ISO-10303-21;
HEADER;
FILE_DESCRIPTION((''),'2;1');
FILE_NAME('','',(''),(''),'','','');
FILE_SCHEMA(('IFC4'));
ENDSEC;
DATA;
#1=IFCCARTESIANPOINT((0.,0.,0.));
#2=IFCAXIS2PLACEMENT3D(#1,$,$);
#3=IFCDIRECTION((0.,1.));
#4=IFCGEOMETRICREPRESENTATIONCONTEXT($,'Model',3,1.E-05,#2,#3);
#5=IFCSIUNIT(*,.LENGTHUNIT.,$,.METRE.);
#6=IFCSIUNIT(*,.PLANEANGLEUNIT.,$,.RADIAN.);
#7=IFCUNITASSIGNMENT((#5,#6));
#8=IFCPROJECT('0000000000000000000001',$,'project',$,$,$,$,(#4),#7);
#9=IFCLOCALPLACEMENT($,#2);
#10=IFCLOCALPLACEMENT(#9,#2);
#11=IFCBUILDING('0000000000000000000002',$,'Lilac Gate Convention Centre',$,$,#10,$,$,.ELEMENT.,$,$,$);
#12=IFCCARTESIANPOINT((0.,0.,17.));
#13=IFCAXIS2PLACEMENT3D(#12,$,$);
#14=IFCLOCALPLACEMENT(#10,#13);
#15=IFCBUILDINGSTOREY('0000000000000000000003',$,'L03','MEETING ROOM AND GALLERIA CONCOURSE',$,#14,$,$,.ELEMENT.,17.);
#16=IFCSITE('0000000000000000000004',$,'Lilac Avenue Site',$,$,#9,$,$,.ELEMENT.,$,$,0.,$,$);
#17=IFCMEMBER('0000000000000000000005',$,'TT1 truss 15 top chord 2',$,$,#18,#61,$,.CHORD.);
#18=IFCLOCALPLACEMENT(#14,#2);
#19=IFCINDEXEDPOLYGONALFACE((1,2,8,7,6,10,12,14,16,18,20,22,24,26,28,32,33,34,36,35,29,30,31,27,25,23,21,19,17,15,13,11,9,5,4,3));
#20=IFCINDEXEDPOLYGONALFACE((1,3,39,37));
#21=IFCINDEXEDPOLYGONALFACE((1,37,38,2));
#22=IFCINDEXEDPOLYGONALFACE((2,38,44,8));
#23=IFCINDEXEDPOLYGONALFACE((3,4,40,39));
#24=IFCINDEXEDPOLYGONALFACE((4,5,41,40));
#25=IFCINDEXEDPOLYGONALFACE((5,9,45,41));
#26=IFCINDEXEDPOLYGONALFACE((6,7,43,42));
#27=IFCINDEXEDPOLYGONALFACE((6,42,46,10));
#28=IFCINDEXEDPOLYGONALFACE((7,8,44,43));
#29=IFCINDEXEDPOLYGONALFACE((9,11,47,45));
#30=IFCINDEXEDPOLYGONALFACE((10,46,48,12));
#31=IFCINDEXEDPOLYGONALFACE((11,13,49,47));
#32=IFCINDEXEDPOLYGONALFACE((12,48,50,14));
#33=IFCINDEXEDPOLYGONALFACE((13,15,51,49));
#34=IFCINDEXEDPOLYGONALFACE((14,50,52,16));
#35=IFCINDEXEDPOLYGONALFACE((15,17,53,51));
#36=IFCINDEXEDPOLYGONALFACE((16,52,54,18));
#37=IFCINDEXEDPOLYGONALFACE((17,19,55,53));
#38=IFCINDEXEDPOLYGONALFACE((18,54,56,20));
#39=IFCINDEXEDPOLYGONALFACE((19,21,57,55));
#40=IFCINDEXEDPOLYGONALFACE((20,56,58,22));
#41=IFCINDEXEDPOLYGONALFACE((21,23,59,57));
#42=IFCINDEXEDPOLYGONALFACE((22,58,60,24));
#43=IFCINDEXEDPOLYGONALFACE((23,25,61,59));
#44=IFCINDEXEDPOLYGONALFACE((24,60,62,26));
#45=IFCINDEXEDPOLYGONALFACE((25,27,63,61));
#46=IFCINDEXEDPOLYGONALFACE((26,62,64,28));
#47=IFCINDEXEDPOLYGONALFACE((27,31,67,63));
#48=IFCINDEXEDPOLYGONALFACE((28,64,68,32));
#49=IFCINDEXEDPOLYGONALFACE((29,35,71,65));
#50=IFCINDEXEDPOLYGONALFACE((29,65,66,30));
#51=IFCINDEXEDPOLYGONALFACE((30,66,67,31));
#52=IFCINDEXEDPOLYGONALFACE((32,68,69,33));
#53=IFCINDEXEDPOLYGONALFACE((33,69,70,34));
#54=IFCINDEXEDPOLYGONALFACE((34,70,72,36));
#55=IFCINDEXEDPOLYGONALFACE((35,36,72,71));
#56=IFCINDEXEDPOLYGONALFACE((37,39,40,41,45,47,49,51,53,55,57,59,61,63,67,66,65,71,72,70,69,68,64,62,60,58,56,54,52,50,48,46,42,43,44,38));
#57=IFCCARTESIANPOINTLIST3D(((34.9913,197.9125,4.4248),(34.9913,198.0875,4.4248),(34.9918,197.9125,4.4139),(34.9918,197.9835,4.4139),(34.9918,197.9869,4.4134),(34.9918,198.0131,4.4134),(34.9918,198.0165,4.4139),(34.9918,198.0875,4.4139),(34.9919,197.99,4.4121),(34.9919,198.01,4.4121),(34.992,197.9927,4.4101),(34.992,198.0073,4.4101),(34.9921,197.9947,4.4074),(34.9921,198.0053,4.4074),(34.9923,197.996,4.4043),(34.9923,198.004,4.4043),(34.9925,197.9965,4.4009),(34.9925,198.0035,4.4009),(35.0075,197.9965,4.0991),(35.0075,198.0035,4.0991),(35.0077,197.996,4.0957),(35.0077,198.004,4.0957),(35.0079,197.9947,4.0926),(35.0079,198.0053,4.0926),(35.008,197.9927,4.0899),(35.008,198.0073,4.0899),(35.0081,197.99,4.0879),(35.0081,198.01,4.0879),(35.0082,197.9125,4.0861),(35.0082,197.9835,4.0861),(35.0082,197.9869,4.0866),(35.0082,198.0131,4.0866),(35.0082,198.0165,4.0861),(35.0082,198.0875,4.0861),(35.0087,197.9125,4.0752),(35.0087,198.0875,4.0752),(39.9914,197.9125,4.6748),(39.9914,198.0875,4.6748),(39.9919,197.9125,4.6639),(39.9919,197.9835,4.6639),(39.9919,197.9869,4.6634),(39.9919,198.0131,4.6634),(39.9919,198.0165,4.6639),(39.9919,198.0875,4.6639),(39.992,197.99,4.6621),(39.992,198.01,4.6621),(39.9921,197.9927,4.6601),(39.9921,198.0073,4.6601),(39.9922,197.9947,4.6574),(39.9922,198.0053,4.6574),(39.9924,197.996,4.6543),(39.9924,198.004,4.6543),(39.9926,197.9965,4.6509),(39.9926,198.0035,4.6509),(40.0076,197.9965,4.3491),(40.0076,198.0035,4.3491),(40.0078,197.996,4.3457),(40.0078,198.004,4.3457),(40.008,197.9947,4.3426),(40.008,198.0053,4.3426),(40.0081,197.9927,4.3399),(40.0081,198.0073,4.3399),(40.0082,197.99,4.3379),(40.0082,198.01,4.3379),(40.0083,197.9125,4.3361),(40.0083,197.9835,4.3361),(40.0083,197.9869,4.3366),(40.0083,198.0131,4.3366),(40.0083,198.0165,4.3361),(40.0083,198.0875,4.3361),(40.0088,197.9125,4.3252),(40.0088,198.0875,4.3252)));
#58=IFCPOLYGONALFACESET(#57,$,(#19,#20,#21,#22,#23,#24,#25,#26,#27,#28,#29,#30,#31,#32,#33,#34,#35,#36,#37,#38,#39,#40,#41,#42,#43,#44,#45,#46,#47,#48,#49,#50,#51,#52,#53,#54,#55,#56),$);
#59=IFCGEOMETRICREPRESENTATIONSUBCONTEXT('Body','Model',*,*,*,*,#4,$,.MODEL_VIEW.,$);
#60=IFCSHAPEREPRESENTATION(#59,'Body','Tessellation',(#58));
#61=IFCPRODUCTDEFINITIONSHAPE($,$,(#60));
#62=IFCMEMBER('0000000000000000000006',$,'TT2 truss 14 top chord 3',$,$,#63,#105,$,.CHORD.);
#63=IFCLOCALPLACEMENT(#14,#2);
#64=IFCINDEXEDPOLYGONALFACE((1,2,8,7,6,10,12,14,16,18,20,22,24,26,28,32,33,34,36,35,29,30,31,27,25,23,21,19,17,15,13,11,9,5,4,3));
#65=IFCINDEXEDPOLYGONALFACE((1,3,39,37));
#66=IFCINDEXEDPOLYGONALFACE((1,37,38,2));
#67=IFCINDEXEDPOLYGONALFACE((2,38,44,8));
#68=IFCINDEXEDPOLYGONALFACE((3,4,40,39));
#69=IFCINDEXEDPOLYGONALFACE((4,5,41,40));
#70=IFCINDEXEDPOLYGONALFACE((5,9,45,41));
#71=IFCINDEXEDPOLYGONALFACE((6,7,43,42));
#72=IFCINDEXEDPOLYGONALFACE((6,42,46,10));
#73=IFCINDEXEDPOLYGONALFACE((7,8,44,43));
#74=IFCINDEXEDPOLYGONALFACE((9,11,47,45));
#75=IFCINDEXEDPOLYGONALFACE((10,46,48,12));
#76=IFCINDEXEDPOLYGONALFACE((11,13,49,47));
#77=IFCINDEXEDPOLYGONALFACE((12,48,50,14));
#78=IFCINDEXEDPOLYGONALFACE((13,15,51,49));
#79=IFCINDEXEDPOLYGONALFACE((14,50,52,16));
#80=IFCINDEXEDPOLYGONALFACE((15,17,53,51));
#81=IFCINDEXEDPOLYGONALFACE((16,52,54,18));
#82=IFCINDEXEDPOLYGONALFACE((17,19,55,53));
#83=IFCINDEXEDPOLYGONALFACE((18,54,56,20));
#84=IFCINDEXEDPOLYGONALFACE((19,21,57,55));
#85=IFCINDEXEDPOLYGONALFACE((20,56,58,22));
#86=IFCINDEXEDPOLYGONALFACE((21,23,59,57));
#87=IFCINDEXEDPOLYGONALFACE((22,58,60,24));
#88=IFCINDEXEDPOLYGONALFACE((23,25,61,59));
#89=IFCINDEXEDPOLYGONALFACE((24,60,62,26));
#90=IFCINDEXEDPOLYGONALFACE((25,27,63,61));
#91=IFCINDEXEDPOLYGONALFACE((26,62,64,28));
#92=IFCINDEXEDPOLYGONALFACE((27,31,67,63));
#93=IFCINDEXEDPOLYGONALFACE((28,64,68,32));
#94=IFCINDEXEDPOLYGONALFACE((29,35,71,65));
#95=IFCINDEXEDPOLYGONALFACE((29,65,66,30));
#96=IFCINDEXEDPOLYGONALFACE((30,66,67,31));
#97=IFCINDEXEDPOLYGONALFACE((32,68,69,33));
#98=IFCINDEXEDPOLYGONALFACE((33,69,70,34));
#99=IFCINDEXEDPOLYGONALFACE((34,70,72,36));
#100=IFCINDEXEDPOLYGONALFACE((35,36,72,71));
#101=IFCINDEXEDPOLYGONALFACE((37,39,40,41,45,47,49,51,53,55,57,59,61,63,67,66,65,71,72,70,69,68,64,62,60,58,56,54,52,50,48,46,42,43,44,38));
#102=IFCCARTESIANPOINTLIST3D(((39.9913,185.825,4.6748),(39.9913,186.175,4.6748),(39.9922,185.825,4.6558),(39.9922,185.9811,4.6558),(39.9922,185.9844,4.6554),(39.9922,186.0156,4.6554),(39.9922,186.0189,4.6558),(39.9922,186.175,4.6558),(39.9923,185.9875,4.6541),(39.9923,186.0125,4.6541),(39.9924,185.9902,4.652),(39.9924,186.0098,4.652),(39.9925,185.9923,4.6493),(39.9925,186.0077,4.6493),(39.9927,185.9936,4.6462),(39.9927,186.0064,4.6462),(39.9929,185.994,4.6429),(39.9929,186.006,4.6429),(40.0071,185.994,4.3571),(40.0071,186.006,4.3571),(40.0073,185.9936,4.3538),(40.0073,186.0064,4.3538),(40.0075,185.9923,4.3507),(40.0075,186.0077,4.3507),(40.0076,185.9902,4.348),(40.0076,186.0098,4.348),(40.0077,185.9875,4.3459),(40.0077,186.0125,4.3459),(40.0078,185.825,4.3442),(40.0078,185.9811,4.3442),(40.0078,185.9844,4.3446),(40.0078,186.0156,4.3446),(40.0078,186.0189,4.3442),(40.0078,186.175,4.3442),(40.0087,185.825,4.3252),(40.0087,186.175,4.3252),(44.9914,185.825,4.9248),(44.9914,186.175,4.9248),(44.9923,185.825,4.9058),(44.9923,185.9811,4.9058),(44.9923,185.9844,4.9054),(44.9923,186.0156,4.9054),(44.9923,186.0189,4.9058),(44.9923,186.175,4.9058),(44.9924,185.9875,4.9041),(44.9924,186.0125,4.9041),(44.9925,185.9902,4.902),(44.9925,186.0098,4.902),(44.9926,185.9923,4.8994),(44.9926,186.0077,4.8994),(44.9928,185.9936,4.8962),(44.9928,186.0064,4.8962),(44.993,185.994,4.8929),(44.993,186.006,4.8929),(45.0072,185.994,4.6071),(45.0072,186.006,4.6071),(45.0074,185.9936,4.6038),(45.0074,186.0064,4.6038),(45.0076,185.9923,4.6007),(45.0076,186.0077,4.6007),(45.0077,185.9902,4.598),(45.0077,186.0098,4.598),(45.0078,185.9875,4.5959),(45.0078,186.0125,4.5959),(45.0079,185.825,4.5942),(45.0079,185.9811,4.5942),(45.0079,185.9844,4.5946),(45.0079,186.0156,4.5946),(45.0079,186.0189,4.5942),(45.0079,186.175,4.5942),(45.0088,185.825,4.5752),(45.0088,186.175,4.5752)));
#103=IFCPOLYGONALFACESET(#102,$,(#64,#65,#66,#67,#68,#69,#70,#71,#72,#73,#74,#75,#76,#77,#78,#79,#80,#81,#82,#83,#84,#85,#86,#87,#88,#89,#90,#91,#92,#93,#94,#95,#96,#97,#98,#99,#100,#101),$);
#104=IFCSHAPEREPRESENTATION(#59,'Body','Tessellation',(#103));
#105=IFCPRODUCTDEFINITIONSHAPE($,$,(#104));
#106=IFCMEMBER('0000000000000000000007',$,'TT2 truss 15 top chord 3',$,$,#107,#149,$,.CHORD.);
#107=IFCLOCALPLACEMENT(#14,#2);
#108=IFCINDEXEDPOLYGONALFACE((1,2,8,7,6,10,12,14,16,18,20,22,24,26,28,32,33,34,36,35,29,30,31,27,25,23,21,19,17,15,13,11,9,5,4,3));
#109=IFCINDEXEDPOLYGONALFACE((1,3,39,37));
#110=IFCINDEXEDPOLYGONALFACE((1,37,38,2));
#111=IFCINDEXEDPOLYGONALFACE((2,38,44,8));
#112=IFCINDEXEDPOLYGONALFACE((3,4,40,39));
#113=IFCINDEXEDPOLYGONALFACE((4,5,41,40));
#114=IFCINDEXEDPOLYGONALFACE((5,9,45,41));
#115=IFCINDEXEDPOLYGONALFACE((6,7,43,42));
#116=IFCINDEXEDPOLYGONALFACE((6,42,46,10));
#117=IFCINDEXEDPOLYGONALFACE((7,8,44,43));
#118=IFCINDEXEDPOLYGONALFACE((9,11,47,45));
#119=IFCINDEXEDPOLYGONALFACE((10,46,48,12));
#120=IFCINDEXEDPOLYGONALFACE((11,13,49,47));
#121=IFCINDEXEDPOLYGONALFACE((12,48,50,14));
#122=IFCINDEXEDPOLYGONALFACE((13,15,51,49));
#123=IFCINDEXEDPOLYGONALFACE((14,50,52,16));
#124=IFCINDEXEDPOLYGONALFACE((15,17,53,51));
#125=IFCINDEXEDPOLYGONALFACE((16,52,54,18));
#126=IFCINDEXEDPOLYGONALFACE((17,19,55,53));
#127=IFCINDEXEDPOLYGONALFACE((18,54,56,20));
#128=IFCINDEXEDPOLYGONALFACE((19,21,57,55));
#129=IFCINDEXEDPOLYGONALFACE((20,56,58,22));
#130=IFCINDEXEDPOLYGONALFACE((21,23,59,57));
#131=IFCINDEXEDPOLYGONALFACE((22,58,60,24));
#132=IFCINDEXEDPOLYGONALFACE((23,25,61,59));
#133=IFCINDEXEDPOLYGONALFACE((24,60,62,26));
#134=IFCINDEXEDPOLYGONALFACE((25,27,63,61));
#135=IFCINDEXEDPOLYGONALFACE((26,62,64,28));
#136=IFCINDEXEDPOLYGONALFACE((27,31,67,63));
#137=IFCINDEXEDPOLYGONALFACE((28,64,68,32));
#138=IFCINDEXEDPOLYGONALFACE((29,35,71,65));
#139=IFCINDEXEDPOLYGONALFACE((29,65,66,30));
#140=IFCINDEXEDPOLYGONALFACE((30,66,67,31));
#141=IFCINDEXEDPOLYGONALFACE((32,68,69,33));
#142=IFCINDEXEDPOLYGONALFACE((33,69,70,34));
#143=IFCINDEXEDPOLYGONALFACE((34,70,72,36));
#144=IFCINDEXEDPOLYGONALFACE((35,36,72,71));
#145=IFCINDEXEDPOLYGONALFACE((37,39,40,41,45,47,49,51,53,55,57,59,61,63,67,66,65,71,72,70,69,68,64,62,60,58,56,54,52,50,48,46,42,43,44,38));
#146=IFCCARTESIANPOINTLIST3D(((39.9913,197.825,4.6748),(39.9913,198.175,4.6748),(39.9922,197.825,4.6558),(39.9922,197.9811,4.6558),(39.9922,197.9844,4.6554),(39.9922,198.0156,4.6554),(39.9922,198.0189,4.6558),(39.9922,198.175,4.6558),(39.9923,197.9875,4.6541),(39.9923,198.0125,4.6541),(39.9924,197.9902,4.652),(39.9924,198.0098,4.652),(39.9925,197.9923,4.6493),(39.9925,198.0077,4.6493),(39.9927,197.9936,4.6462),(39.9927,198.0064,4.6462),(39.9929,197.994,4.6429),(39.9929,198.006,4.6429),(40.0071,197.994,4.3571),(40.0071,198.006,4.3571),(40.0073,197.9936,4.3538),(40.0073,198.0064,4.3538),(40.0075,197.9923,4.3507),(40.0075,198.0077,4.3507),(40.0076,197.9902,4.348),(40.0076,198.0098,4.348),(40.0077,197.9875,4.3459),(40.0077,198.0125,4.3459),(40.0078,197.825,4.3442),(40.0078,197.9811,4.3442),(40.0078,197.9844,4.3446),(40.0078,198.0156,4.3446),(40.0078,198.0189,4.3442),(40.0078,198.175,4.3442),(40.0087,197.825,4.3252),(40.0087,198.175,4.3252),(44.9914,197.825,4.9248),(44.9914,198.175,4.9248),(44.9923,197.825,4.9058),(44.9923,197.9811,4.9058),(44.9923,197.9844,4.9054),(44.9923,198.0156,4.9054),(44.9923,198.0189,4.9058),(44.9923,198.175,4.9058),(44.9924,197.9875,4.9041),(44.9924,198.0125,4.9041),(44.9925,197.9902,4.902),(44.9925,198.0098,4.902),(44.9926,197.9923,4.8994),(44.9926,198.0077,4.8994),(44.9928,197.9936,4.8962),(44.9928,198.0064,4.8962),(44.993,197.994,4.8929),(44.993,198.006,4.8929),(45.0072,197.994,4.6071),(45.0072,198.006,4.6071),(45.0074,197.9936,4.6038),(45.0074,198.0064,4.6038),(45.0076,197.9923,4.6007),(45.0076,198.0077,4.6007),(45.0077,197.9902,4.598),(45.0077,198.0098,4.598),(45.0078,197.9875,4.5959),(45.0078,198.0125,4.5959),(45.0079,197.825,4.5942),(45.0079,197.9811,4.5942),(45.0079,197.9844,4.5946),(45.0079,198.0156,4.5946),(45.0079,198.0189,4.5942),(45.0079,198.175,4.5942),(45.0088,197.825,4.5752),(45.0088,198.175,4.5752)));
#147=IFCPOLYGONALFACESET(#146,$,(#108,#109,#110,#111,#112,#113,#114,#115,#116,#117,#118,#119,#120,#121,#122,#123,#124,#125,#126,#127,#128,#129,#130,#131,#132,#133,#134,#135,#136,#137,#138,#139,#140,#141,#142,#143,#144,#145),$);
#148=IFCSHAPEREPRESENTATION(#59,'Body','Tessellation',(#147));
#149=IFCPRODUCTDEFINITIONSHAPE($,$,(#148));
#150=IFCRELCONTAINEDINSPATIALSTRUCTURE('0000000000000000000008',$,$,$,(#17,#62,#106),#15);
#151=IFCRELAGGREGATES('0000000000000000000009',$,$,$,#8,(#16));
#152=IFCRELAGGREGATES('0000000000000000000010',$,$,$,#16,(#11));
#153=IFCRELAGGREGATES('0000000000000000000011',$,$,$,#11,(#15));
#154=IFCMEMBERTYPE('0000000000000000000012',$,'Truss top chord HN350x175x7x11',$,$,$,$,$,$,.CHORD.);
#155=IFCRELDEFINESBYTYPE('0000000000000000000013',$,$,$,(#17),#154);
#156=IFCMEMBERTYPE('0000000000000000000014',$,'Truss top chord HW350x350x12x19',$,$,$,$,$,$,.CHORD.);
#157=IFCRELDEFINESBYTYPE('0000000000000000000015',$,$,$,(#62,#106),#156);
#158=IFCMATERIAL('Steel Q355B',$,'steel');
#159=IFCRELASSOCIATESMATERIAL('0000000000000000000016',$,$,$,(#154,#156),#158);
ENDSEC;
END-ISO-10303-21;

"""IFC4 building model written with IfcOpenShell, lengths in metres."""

from ifc_helpers import new_model, si_unit, direction, frame, origin, origin_2d, place, context, subcontext, project, spatial, i_section, extrude, material, material_profile, profile_set, type_object, element, save


model = new_model("IFC4")

# Units and contexts
model_context = context("Model", 3, precision=1e-05, world=origin(), true_north=direction((0.0, 1.0)))
body_context = subcontext(model_context, "Body", "Model", "MODEL_VIEW")
ifc_project = project(units=[si_unit("LENGTHUNIT", "METRE"), si_unit("PLANEANGLEUNIT", "RADIAN")], contexts=[model_context])

# Site, building, storey
site_placement = place(None, origin())
site = spatial("IfcSite", under=ifc_project, at=site_placement, Name="Lilac Avenue Site", CompositionType="ELEMENT", RefElevation=0.0)
building_placement = place(site_placement, origin())
building = spatial("IfcBuilding", under=site, at=building_placement, Name="Lilac Gate Convention Centre", CompositionType="ELEMENT")
storey_placement = place(building_placement, frame((0.0, 0.0, 17.0)))
storey = spatial("IfcBuildingStorey", under=building, at=storey_placement, Name="L03", Description="MEETING ROOM AND GALLERIA CONCOURSE", CompositionType="ELEMENT", Elevation=17.0)

# Members
ifc_material = material(Name="Steel Q355B", Category="steel")
ifc_material_profile_1 = material_profile(ifc_material, i_section(OverallWidth=0.175, OverallDepth=0.3501, WebThickness=0.0071, FlangeThickness=0.011, FilletRadius=0.0129, at=origin_2d()), Name="HN350x175x7x11")
ifc_profile_set_1 = profile_set([ifc_material_profile_1], Name="Steel Q355B")
member_type_1 = type_object("IfcMemberType", Name="Truss top chord HN350x175x7x11", PredefinedType="CHORD", material=ifc_profile_set_1)
member_1_placement = place(storey_placement, frame((35.0, 198.0, 4.25), z_axis=(0.998752, 0.0, 0.049938), x_axis=(0.0, 1.0, 0.0)))
element("IfcMember", 1, at=member_1_placement, inside=storey, type_object=member_type_1, Name="TT1 truss 15 top chord 2", PredefinedType="CHORD", context=body_context, shape_type="SweptSolid", body=[
    extrude(i_section(OverallWidth=0.175, OverallDepth=0.3501, WebThickness=0.0071, FlangeThickness=0.011, FilletRadius=0.0129, at=origin_2d()), origin(), (0.0, 0.0, 1.0), 5.0063),
])
ifc_material_profile_2 = material_profile(ifc_material, i_section(OverallWidth=0.3501, OverallDepth=0.3501, WebThickness=0.012, FlangeThickness=0.019, FilletRadius=0.0129, at=origin_2d()), Name="HW350x350x12x19")
ifc_profile_set_2 = profile_set([ifc_material_profile_2], Name="Steel Q355B")
member_type_2 = type_object("IfcMemberType", Name="Truss top chord HW350x350x12x19", PredefinedType="CHORD", material=ifc_profile_set_2)
for number, where, z_axis, x_axis, name in (
    (2, (40.0, 186.0, 4.5), (0.998752, 0.0, 0.049938), (0.0, 1.0, 0.0), "TT2 truss 14 top chord 3"),
    (3, (40.0, 198.0, 4.5), (0.998752, 0.0, 0.049938), (0.0, 1.0, 0.0), "TT2 truss 15 top chord 3"),
):
    element("IfcMember", number, at=place(storey_placement, frame(where, z_axis=z_axis, x_axis=x_axis)), inside=storey, type_object=member_type_2, Name=name, PredefinedType="CHORD", context=body_context, shape_type="SweptSolid", body=[
        extrude(i_section(OverallWidth=0.3501, OverallDepth=0.3501, WebThickness=0.012, FlangeThickness=0.019, FilletRadius=0.0129, at=origin_2d()), origin(), (0.0, 0.0, 1.0), 5.0063),
    ])

save(model, "model.ifc")
